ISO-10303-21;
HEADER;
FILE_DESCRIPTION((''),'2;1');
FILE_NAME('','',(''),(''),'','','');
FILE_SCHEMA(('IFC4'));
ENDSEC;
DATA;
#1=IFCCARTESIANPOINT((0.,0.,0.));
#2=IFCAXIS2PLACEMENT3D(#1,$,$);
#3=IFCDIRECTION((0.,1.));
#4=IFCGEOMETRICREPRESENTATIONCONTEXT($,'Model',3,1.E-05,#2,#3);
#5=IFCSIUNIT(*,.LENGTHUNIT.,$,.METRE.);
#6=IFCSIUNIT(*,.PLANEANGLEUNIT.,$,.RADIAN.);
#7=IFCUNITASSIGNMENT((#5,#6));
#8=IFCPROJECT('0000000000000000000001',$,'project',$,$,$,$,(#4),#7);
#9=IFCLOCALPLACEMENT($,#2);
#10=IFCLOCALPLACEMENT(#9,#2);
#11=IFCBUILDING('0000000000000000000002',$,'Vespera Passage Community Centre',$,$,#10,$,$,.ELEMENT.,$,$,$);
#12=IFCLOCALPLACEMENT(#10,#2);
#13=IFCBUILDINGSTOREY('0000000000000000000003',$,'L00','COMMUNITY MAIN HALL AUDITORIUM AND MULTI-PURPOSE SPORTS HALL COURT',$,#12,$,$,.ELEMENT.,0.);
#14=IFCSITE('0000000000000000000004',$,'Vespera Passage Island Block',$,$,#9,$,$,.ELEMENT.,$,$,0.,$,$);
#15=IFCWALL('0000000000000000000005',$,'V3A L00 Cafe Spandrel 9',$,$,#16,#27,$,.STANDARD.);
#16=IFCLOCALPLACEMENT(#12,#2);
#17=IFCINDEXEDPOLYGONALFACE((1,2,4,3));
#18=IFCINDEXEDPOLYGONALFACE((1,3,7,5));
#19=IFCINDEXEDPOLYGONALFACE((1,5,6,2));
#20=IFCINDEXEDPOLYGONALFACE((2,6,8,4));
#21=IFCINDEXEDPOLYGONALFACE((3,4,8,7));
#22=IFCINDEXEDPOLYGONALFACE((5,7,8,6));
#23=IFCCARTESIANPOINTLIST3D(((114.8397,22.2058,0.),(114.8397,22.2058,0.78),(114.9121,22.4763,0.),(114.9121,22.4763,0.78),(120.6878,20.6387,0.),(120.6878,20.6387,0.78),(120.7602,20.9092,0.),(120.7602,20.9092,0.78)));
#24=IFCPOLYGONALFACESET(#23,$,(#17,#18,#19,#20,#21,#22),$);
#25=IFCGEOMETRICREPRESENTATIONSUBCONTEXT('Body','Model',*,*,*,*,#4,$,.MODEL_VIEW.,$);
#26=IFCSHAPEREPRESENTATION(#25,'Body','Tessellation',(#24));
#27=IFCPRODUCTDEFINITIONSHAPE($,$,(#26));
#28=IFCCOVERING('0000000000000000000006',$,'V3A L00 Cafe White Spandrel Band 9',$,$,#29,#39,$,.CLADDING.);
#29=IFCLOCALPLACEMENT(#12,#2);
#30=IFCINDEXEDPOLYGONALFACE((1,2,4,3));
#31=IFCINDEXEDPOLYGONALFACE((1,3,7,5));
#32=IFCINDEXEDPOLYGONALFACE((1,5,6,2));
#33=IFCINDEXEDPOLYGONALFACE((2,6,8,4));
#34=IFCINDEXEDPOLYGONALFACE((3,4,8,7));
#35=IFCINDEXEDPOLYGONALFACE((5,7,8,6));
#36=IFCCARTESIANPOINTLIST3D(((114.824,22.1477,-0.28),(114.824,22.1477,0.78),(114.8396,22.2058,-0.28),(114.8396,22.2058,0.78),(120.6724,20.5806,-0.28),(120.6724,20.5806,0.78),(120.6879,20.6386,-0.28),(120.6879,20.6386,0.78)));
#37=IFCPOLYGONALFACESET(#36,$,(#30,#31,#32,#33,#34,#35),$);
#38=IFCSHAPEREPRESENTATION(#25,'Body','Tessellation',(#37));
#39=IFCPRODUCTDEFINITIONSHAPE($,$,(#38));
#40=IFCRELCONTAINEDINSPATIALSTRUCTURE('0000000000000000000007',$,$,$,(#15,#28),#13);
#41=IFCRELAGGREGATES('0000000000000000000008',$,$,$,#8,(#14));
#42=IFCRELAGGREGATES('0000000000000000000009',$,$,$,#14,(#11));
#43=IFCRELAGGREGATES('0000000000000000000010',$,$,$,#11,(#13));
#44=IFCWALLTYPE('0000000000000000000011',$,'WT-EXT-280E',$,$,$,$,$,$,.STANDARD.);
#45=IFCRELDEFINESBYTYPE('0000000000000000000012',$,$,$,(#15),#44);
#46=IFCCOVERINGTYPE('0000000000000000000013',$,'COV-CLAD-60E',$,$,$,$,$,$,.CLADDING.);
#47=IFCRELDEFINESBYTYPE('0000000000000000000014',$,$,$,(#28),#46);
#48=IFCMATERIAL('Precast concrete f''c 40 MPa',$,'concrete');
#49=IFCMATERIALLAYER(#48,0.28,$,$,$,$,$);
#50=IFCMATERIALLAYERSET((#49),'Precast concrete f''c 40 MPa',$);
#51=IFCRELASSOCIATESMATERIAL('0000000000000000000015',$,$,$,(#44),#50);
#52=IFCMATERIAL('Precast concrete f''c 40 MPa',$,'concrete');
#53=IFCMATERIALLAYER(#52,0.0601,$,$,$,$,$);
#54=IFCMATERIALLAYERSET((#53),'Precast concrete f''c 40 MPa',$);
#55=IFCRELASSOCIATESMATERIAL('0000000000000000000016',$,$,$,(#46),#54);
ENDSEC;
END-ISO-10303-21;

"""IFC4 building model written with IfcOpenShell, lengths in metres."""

from ifc_helpers import new_model, si_unit, direction, frame, frame_2d, origin, place, context, subcontext, project, spatial, rectangle, extrude, material, layer, layer_set, type_object, element, save


model = new_model("IFC4")

# Units and contexts
model_context = context("Model", 3, precision=1e-05, world=origin(), true_north=direction((0.0, 1.0)))
body_context = subcontext(model_context, "Body", "Model", "MODEL_VIEW")
ifc_project = project(units=[si_unit("LENGTHUNIT", "METRE"), si_unit("PLANEANGLEUNIT", "RADIAN")], contexts=[model_context])

# Site, building, storey
site_placement = place(None, origin())
site = spatial("IfcSite", under=ifc_project, at=site_placement, Name="Vespera Passage Island Block", CompositionType="ELEMENT", RefElevation=0.0)
building_placement = place(site_placement, origin())
building = spatial("IfcBuilding", under=site, at=building_placement, Name="Vespera Passage Community Centre", CompositionType="ELEMENT")
storey_placement = place(building_placement, origin())
storey = spatial("IfcBuildingStorey", under=building, at=storey_placement, Name="L00", Description="COMMUNITY MAIN HALL AUDITORIUM AND MULTI-PURPOSE SPORTS HALL COURT", CompositionType="ELEMENT", Elevation=0.0)

# Wall
ifc_material_1 = material(Name="Precast concrete f'c 40 MPa", Category="concrete")
ifc_layer_1 = layer(ifc_material_1, 0.28)
ifc_layer_set_1 = layer_set([ifc_layer_1], Name="Precast concrete f'c 40 MPa")
wall_type = type_object("IfcWallType", Name="WT-EXT-280E", PredefinedType="STANDARD", material=ifc_layer_set_1)
wall_placement = place(storey_placement, frame((120.7241, 20.7739, 0.0), z_axis=(0.0, 0.0, 1.0), x_axis=(-0.96592, 0.25884, 0.0)))
element("IfcWall", 1, at=wall_placement, inside=storey, type_object=wall_type, Name="V3A L00 Cafe Spandrel 9", PredefinedType="STANDARD", context=body_context, shape_type="SweptSolid", body=[
    extrude(rectangle(XDim=6.0544, YDim=0.28, at=frame_2d((3.0273, 0.0))), origin(), (0.0, 0.0, 1.0), 0.78),
])

# Covering
ifc_material_2 = material(Name="Precast concrete f'c 40 MPa", Category="concrete")
ifc_layer_2 = layer(ifc_material_2, 0.0601)
ifc_layer_set_2 = layer_set([ifc_layer_2], Name="Precast concrete f'c 40 MPa")
covering_type = type_object("IfcCoveringType", Name="COV-CLAD-60E", PredefinedType="CLADDING", material=ifc_layer_set_2)
covering_placement = place(storey_placement, frame((120.6802, 20.6096, -0.28), z_axis=(0.0, 0.0, 1.0), x_axis=(-0.965923, 0.258829, 0.0)))
element("IfcCovering", 2, at=covering_placement, inside=storey, type_object=covering_type, Name="V3A L00 Cafe White Spandrel Band 9", PredefinedType="CLADDING", context=body_context, shape_type="SweptSolid", body=[
    extrude(rectangle(XDim=6.0547, YDim=0.0601, at=frame_2d((3.0273, 0.0))), origin(), (0.0, 0.0, 1.0), 1.0601),
])

save(model, "model.ifc")
